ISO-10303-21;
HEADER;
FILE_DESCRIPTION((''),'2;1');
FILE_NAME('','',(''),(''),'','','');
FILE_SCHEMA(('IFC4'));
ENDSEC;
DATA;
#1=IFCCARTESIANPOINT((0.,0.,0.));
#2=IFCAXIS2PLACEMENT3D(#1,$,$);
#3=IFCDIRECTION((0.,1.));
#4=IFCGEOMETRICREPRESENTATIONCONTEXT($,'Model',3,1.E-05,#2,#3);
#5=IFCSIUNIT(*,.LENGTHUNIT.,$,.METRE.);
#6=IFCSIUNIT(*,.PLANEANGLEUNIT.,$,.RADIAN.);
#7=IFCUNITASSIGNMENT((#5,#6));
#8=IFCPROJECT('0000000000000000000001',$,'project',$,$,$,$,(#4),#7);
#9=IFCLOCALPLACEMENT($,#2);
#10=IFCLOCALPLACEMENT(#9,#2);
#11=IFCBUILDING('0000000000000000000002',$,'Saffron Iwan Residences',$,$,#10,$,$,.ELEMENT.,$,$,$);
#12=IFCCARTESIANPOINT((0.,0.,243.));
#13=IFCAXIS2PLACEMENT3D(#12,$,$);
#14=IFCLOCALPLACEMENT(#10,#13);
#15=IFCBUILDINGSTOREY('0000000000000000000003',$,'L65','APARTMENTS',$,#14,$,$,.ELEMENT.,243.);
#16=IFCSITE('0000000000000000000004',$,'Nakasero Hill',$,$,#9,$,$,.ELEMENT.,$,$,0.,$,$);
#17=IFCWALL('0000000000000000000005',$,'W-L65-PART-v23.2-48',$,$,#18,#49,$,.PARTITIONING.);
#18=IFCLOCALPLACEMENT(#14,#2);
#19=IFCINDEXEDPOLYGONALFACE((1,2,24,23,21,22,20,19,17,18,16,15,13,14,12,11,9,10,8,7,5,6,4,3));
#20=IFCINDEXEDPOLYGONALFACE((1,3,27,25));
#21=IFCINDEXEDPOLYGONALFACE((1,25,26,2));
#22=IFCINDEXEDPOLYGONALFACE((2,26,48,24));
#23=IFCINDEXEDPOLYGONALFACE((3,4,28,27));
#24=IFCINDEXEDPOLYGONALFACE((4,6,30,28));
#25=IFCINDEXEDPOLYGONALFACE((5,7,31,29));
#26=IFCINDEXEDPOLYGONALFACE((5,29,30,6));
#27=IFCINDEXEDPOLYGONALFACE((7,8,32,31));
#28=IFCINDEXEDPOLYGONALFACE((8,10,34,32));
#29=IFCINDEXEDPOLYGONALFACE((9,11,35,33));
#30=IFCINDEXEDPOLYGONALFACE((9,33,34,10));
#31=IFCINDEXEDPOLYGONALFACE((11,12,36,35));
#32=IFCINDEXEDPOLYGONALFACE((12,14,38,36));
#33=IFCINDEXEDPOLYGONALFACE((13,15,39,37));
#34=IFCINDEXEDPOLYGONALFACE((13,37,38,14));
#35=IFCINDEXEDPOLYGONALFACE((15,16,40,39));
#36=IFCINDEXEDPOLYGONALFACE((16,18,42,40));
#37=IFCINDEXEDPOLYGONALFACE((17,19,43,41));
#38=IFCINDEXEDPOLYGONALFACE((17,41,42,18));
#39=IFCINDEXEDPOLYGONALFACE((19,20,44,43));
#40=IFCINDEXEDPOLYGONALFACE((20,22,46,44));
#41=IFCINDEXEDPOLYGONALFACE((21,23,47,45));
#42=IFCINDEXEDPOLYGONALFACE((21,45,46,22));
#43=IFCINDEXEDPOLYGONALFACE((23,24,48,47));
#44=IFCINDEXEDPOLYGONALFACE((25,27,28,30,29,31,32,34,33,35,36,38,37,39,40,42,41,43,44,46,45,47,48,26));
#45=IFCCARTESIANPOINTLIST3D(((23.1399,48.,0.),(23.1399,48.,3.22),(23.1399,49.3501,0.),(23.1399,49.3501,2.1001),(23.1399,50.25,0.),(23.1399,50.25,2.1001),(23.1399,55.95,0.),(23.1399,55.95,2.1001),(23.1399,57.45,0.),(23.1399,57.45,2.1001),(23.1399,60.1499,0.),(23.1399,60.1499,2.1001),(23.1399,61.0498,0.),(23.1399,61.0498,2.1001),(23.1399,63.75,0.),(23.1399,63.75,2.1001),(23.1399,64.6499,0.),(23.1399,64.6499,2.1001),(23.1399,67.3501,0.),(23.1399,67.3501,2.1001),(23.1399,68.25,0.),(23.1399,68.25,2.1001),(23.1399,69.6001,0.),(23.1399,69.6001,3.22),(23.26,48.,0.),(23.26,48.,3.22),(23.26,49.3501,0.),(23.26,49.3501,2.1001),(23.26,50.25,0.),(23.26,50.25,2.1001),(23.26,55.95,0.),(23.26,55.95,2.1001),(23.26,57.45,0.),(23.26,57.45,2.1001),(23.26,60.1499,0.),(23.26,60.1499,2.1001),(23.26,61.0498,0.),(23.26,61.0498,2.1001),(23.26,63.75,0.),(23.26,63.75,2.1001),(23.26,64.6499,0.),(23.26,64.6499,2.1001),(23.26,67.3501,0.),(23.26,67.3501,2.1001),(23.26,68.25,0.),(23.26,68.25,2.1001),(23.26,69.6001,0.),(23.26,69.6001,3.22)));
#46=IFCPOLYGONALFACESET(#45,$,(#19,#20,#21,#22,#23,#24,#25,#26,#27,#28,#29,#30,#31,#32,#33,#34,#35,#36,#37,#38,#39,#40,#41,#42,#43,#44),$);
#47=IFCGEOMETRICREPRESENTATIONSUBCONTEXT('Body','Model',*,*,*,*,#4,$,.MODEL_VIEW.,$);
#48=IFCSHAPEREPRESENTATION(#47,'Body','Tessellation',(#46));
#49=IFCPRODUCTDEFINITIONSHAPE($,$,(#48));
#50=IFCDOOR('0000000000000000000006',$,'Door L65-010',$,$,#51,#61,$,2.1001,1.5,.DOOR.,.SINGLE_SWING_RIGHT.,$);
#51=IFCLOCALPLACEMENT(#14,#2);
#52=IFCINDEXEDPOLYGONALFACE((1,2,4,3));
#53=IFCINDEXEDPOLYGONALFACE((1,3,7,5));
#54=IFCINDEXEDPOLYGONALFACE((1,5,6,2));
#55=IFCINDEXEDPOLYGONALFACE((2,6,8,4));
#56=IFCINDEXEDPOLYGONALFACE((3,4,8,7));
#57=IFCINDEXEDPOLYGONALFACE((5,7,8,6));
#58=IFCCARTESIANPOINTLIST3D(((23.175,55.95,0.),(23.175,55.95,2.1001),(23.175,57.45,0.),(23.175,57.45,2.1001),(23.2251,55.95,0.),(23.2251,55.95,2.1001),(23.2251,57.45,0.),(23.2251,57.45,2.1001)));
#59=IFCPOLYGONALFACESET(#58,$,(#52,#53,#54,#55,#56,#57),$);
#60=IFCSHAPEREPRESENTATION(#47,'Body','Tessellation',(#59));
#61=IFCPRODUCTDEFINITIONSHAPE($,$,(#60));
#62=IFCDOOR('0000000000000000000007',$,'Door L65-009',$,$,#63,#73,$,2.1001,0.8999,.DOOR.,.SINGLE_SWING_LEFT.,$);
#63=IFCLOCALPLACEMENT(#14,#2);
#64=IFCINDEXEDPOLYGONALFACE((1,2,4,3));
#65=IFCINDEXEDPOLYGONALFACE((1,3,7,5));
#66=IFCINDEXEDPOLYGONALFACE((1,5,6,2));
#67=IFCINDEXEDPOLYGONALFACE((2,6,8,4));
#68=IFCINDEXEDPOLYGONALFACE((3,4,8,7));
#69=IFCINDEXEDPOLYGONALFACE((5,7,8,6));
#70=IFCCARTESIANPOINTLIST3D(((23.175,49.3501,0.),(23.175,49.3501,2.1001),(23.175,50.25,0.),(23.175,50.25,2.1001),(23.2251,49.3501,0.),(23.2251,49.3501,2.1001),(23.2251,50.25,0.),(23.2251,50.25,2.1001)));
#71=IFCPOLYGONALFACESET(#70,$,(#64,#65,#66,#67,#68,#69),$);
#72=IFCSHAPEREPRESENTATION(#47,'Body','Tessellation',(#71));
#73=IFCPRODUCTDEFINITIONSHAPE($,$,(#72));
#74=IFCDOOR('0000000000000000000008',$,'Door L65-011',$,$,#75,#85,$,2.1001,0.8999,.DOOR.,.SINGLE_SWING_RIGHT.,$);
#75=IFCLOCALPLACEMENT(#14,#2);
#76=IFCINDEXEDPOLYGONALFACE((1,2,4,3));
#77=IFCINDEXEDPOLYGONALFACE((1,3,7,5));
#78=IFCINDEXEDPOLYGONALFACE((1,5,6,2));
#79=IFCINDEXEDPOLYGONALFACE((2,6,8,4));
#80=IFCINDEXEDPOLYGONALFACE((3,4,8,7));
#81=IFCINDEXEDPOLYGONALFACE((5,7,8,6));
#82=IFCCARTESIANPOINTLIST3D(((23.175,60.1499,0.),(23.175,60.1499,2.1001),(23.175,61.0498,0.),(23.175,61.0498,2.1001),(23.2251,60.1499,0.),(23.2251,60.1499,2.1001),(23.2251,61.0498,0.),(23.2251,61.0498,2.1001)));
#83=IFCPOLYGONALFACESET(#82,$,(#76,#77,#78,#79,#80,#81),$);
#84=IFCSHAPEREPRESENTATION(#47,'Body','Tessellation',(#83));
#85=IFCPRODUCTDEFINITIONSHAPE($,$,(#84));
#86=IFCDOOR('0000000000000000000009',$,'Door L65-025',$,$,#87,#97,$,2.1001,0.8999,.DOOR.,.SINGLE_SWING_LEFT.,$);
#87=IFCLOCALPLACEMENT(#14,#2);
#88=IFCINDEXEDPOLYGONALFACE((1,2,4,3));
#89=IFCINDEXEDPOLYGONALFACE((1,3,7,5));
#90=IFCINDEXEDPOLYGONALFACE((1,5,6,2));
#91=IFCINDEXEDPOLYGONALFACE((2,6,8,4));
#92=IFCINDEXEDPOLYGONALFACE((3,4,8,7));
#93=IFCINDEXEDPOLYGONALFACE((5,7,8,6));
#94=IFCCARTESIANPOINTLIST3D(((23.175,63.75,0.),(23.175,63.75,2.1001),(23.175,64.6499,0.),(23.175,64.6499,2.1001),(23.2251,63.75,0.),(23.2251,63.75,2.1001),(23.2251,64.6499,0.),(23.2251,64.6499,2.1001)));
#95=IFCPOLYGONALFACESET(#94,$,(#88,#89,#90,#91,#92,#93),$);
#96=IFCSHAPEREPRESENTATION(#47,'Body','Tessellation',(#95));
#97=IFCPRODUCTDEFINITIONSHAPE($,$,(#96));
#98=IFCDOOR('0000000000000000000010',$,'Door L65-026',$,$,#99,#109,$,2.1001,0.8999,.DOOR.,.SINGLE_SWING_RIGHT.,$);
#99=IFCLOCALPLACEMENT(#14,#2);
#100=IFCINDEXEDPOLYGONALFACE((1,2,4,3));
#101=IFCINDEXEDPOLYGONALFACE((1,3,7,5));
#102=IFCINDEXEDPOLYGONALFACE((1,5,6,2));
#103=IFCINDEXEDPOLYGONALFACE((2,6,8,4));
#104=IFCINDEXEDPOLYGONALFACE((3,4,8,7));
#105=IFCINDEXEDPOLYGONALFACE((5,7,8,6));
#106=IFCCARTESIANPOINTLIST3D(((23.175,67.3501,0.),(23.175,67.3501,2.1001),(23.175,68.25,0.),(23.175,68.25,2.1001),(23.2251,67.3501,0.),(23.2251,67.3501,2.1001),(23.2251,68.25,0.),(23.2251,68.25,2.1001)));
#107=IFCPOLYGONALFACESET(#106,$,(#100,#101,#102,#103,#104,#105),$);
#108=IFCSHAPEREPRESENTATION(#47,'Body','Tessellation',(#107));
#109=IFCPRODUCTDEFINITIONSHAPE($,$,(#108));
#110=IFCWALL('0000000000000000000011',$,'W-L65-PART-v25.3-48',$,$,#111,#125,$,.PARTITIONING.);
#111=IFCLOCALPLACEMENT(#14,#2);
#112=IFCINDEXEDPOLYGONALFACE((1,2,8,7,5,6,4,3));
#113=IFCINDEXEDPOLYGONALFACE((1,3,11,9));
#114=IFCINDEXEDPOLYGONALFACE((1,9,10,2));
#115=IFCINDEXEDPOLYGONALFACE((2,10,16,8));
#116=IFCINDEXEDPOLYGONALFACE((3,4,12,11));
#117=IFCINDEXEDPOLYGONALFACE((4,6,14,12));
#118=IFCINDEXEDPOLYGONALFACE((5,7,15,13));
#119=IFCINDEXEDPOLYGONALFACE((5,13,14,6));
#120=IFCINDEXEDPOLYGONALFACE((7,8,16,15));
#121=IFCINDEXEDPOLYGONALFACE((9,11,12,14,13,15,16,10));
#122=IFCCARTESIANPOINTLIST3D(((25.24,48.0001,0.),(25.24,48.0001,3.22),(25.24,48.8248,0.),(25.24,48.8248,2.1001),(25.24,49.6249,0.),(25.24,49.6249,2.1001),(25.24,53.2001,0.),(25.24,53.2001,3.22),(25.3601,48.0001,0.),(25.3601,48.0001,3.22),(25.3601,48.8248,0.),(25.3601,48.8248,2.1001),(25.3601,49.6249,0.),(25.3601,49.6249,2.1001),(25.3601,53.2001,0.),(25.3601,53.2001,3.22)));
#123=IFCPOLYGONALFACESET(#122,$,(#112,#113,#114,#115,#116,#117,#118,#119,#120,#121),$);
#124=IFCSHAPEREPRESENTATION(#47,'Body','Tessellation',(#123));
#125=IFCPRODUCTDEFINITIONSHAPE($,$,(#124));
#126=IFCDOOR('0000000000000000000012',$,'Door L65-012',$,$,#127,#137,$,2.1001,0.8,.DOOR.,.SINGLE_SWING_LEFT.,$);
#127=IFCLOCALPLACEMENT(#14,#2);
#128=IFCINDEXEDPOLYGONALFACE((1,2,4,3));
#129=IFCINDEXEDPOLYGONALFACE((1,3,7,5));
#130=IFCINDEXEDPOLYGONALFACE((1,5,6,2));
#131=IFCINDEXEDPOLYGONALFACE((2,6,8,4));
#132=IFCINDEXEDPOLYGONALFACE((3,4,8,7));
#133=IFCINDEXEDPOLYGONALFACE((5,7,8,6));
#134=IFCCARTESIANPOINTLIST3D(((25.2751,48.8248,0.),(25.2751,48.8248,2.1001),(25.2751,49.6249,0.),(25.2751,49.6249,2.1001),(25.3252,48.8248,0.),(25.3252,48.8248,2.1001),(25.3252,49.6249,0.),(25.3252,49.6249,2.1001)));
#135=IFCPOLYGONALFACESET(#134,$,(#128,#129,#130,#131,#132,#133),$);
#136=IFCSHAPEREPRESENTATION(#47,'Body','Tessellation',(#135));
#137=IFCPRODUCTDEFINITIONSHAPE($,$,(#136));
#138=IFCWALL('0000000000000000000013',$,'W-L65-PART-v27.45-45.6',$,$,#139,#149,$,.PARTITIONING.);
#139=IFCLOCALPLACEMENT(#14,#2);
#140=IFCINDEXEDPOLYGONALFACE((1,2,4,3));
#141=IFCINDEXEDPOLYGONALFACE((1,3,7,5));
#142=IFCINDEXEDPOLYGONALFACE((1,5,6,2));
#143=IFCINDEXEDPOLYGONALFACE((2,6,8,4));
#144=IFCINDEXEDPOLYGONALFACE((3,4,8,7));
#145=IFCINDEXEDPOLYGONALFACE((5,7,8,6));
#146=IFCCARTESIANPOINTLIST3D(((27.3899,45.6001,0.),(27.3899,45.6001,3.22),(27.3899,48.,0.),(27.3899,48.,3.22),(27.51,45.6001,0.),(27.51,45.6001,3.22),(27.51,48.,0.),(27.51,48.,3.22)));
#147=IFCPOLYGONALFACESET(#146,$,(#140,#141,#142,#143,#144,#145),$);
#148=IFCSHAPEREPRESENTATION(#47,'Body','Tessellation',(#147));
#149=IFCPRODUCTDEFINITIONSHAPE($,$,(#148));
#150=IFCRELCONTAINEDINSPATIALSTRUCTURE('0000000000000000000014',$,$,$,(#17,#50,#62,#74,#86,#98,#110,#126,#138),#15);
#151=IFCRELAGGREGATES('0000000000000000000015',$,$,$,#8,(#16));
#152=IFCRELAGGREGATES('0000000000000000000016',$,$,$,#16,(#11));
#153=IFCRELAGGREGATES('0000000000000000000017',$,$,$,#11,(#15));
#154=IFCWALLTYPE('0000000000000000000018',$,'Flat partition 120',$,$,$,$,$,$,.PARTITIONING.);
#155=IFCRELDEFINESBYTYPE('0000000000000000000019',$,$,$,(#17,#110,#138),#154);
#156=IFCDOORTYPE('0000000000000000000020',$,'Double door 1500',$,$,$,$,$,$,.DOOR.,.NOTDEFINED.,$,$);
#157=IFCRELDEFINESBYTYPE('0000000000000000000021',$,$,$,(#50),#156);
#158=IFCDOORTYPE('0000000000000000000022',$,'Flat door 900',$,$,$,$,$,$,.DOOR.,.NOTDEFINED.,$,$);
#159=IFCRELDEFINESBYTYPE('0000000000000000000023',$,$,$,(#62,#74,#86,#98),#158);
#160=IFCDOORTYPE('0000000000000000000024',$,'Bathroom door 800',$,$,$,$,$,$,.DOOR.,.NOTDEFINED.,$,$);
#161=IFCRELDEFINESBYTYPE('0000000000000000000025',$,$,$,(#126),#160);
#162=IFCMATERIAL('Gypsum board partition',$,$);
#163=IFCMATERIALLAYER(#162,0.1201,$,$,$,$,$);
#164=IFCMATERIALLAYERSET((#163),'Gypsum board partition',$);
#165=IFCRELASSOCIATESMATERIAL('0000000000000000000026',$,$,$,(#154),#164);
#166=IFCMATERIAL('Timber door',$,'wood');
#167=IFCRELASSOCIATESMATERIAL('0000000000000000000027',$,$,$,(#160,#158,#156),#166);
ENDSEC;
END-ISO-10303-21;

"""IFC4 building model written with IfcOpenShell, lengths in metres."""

from ifc_helpers import new_model, si_unit, direction, frame, frame_2d, origin, place, context, subcontext, project, spatial, rectangle, extrude, material, layer, layer_set, type_object, element, fill, save


model = new_model("IFC4")

# Units and contexts
model_context = context("Model", 3, precision=1e-05, world=origin(), true_north=direction((0.0, 1.0)))
body_context = subcontext(model_context, "Body", "Model", "MODEL_VIEW")
ifc_project = project(units=[si_unit("LENGTHUNIT", "METRE"), si_unit("PLANEANGLEUNIT", "RADIAN")], contexts=[model_context])

# Site, building, storey
site_placement = place(None, origin())
site = spatial("IfcSite", under=ifc_project, at=site_placement, Name="Nakasero Hill", CompositionType="ELEMENT", RefElevation=0.0)
building_placement = place(site_placement, origin())
building = spatial("IfcBuilding", under=site, at=building_placement, Name="Saffron Iwan Residences", CompositionType="ELEMENT")
storey_placement = place(building_placement, frame((0.0, 0.0, 243.0)))
storey = spatial("IfcBuildingStorey", under=building, at=storey_placement, Name="L65", Description="APARTMENTS", CompositionType="ELEMENT", Elevation=243.0)

# Shared definitions
ifc_material_1 = material(Name="Gypsum board partition")
ifc_layer_1 = layer(ifc_material_1, 0.1201)
ifc_layer_set_1 = layer_set([ifc_layer_1], Name="Gypsum board partition")
wall_type_1 = type_object("IfcWallType", Name="Flat partition 120", PredefinedType="PARTITIONING", material=ifc_layer_set_1)
ifc_material_2 = material(Name="Timber door", Category="wood")
door_type_1 = type_object("IfcDoorType", Name="Bathroom door 800", OperationType="NOTDEFINED", PredefinedType="DOOR", material=ifc_material_2)
door_type_2 = type_object("IfcDoorType", Name="Flat door 900", OperationType="NOTDEFINED", PredefinedType="DOOR", material=ifc_material_2)

# Wall, openings, doors
wall_1_placement = place(storey_placement, frame((23.2, 48.0, 0.0), z_axis=(0.0, 0.0, 1.0), x_axis=(0.0, 1.0, 0.0)))
wall_1 = element("IfcWall", 1, at=wall_1_placement, inside=storey, type_object=wall_type_1, Name="W-L65-PART-v23.2-48", PredefinedType="PARTITIONING", context=body_context, shape_type="SweptSolid", body=[
    extrude(rectangle(XDim=21.6001, YDim=0.1201, at=frame_2d((10.8, 0.0))), origin(), (0.0, 0.0, 1.0), 3.22),
])
opening_1_placement = place(wall_1_placement, frame((1.3501, 0.0, 0.0)))
opening_1 = element("IfcOpeningElement", 2, at=opening_1_placement, cuts=wall_1, PredefinedType="OPENING", context=body_context, shape_type="SweptSolid", body=[
    extrude(rectangle(XDim=0.8999, YDim=2.1001, at=frame_2d((0.45, 1.05))), frame((0.0, 0.0701, 0.0), z_axis=(0.0, -1.0, 0.0), x_axis=(1.0, 0.0, 0.0)), (0.0, 0.0, 1.0), 0.1401),
])
opening_2_placement = place(wall_1_placement, frame((7.95, 0.0, 0.0)))
opening_2 = element("IfcOpeningElement", 3, at=opening_2_placement, cuts=wall_1, PredefinedType="OPENING", context=body_context, shape_type="SweptSolid", body=[
    extrude(rectangle(XDim=1.5, YDim=2.1001, at=frame_2d((0.75, 1.05))), frame((0.0, 0.0701, 0.0), z_axis=(0.0, -1.0, 0.0), x_axis=(1.0, 0.0, 0.0)), (0.0, 0.0, 1.0), 0.1401),
])
opening_3_placement = place(wall_1_placement, frame((12.1499, 0.0, 0.0)))
opening_3 = element("IfcOpeningElement", 4, at=opening_3_placement, cuts=wall_1, PredefinedType="OPENING", context=body_context, shape_type="SweptSolid", body=[
    extrude(rectangle(XDim=0.8999, YDim=2.1001, at=frame_2d((0.45, 1.05))), frame((0.0, 0.0701, 0.0), z_axis=(0.0, -1.0, 0.0), x_axis=(1.0, 0.0, 0.0)), (0.0, 0.0, 1.0), 0.1401),
])
opening_4_placement = place(wall_1_placement, frame((15.75, 0.0, 0.0)))
opening_4 = element("IfcOpeningElement", 5, at=opening_4_placement, cuts=wall_1, PredefinedType="OPENING", context=body_context, shape_type="SweptSolid", body=[
    extrude(rectangle(XDim=0.8999, YDim=2.1001, at=frame_2d((0.45, 1.05))), frame((0.0, 0.0701, 0.0), z_axis=(0.0, -1.0, 0.0), x_axis=(1.0, 0.0, 0.0)), (0.0, 0.0, 1.0), 0.1401),
])
opening_5_placement = place(wall_1_placement, frame((19.3501, 0.0, 0.0)))
opening_5 = element("IfcOpeningElement", 6, at=opening_5_placement, cuts=wall_1, PredefinedType="OPENING", context=body_context, shape_type="SweptSolid", body=[
    extrude(rectangle(XDim=0.8999, YDim=2.1001, at=frame_2d((0.45, 1.05))), frame((0.0, 0.0701, 0.0), z_axis=(0.0, -1.0, 0.0), x_axis=(1.0, 0.0, 0.0)), (0.0, 0.0, 1.0), 0.1401),
])
door_type_3 = type_object("IfcDoorType", Name="Double door 1500", OperationType="NOTDEFINED", PredefinedType="DOOR", material=ifc_material_2)
door_1_placement = place(opening_2_placement, origin())
door_1 = element("IfcDoor", 7, at=door_1_placement, inside=storey, type_object=door_type_3, Name="Door L65-010", OperationType="SINGLE_SWING_RIGHT", OverallHeight=2.1001, OverallWidth=1.5, PredefinedType="DOOR", context=body_context, shape_type="SweptSolid", body=[
    extrude(rectangle(XDim=1.5, YDim=2.1001, at=frame_2d((0.75, 1.05))), frame((0.0, 0.0249, 0.0), z_axis=(0.0, -1.0, 0.0), x_axis=(1.0, 0.0, 0.0)), (0.0, 0.0, 1.0), 0.05),
])
fill(opening_2, door_1)
door_2_placement = place(opening_1_placement, origin())
door_2 = element("IfcDoor", 8, at=door_2_placement, inside=storey, type_object=door_type_2, Name="Door L65-009", OperationType="SINGLE_SWING_LEFT", OverallHeight=2.1001, OverallWidth=0.8999, PredefinedType="DOOR", context=body_context, shape_type="SweptSolid", body=[
    extrude(rectangle(XDim=0.8999, YDim=2.1001, at=frame_2d((0.45, 1.05))), frame((0.0, 0.0249, 0.0), z_axis=(0.0, -1.0, 0.0), x_axis=(1.0, 0.0, 0.0)), (0.0, 0.0, 1.0), 0.05),
])
fill(opening_1, door_2)
door_3_placement = place(opening_3_placement, origin())
door_3 = element("IfcDoor", 9, at=door_3_placement, inside=storey, type_object=door_type_2, Name="Door L65-011", OperationType="SINGLE_SWING_RIGHT", OverallHeight=2.1001, OverallWidth=0.8999, PredefinedType="DOOR", context=body_context, shape_type="SweptSolid", body=[
    extrude(rectangle(XDim=0.8999, YDim=2.1001, at=frame_2d((0.45, 1.05))), frame((0.0, 0.0249, 0.0), z_axis=(0.0, -1.0, 0.0), x_axis=(1.0, 0.0, 0.0)), (0.0, 0.0, 1.0), 0.05),
])
fill(opening_3, door_3)
door_4_placement = place(opening_4_placement, origin())
door_4 = element("IfcDoor", 10, at=door_4_placement, inside=storey, type_object=door_type_2, Name="Door L65-025", OperationType="SINGLE_SWING_LEFT", OverallHeight=2.1001, OverallWidth=0.8999, PredefinedType="DOOR", context=body_context, shape_type="SweptSolid", body=[
    extrude(rectangle(XDim=0.8999, YDim=2.1001, at=frame_2d((0.45, 1.05))), frame((0.0, 0.0249, 0.0), z_axis=(0.0, -1.0, 0.0), x_axis=(1.0, 0.0, 0.0)), (0.0, 0.0, 1.0), 0.05),
])
fill(opening_4, door_4)
door_5_placement = place(opening_5_placement, origin())
door_5 = element("IfcDoor", 11, at=door_5_placement, inside=storey, type_object=door_type_2, Name="Door L65-026", OperationType="SINGLE_SWING_RIGHT", OverallHeight=2.1001, OverallWidth=0.8999, PredefinedType="DOOR", context=body_context, shape_type="SweptSolid", body=[
    extrude(rectangle(XDim=0.8999, YDim=2.1001, at=frame_2d((0.45, 1.05))), frame((0.0, 0.0249, 0.0), z_axis=(0.0, -1.0, 0.0), x_axis=(1.0, 0.0, 0.0)), (0.0, 0.0, 1.0), 0.05),
])
fill(opening_5, door_5)

# Wall, opening, door
wall_2_placement = place(storey_placement, frame((25.3, 48.0, 0.0), z_axis=(0.0, 0.0, 1.0), x_axis=(0.0, 1.0, 0.0)))
wall_2 = element("IfcWall", 12, at=wall_2_placement, inside=storey, type_object=wall_type_1, Name="W-L65-PART-v25.3-48", PredefinedType="PARTITIONING", context=body_context, shape_type="SweptSolid", body=[
    extrude(rectangle(XDim=5.2, YDim=0.1201, at=frame_2d((2.6001, 0.0))), origin(), (0.0, 0.0, 1.0), 3.22),
])
opening_6_placement = place(wall_2_placement, frame((0.825, 0.0, 0.0)))
opening_6 = element("IfcOpeningElement", 13, at=opening_6_placement, cuts=wall_2, PredefinedType="OPENING", context=body_context, shape_type="SweptSolid", body=[
    extrude(rectangle(XDim=0.8, YDim=2.1001, at=frame_2d((0.3999, 1.05))), frame((0.0, 0.0701, 0.0), z_axis=(0.0, -1.0, 0.0), x_axis=(1.0, 0.0, 0.0)), (0.0, 0.0, 1.0), 0.1401),
])
door_6_placement = place(opening_6_placement, origin())
door_6 = element("IfcDoor", 14, at=door_6_placement, inside=storey, type_object=door_type_1, Name="Door L65-012", OperationType="SINGLE_SWING_LEFT", OverallHeight=2.1001, OverallWidth=0.8, PredefinedType="DOOR", context=body_context, shape_type="SweptSolid", body=[
    extrude(rectangle(XDim=0.8, YDim=2.1001, at=frame_2d((0.3999, 1.05))), frame((0.0, 0.0249, 0.0), z_axis=(0.0, -1.0, 0.0), x_axis=(1.0, 0.0, 0.0)), (0.0, 0.0, 1.0), 0.05),
])
fill(opening_6, door_6)

# Wall
wall_3_placement = place(storey_placement, frame((27.45, 45.6001, 0.0), z_axis=(0.0, 0.0, 1.0), x_axis=(0.0, 1.0, 0.0)))
element("IfcWall", 15, at=wall_3_placement, inside=storey, type_object=wall_type_1, Name="W-L65-PART-v27.45-45.6", PredefinedType="PARTITIONING", context=body_context, shape_type="SweptSolid", body=[
    extrude(rectangle(XDim=2.3999, YDim=0.1201, at=frame_2d((1.2, 0.0))), origin(), (0.0, 0.0, 1.0), 3.22),
])

save(model, "model.ifc")
